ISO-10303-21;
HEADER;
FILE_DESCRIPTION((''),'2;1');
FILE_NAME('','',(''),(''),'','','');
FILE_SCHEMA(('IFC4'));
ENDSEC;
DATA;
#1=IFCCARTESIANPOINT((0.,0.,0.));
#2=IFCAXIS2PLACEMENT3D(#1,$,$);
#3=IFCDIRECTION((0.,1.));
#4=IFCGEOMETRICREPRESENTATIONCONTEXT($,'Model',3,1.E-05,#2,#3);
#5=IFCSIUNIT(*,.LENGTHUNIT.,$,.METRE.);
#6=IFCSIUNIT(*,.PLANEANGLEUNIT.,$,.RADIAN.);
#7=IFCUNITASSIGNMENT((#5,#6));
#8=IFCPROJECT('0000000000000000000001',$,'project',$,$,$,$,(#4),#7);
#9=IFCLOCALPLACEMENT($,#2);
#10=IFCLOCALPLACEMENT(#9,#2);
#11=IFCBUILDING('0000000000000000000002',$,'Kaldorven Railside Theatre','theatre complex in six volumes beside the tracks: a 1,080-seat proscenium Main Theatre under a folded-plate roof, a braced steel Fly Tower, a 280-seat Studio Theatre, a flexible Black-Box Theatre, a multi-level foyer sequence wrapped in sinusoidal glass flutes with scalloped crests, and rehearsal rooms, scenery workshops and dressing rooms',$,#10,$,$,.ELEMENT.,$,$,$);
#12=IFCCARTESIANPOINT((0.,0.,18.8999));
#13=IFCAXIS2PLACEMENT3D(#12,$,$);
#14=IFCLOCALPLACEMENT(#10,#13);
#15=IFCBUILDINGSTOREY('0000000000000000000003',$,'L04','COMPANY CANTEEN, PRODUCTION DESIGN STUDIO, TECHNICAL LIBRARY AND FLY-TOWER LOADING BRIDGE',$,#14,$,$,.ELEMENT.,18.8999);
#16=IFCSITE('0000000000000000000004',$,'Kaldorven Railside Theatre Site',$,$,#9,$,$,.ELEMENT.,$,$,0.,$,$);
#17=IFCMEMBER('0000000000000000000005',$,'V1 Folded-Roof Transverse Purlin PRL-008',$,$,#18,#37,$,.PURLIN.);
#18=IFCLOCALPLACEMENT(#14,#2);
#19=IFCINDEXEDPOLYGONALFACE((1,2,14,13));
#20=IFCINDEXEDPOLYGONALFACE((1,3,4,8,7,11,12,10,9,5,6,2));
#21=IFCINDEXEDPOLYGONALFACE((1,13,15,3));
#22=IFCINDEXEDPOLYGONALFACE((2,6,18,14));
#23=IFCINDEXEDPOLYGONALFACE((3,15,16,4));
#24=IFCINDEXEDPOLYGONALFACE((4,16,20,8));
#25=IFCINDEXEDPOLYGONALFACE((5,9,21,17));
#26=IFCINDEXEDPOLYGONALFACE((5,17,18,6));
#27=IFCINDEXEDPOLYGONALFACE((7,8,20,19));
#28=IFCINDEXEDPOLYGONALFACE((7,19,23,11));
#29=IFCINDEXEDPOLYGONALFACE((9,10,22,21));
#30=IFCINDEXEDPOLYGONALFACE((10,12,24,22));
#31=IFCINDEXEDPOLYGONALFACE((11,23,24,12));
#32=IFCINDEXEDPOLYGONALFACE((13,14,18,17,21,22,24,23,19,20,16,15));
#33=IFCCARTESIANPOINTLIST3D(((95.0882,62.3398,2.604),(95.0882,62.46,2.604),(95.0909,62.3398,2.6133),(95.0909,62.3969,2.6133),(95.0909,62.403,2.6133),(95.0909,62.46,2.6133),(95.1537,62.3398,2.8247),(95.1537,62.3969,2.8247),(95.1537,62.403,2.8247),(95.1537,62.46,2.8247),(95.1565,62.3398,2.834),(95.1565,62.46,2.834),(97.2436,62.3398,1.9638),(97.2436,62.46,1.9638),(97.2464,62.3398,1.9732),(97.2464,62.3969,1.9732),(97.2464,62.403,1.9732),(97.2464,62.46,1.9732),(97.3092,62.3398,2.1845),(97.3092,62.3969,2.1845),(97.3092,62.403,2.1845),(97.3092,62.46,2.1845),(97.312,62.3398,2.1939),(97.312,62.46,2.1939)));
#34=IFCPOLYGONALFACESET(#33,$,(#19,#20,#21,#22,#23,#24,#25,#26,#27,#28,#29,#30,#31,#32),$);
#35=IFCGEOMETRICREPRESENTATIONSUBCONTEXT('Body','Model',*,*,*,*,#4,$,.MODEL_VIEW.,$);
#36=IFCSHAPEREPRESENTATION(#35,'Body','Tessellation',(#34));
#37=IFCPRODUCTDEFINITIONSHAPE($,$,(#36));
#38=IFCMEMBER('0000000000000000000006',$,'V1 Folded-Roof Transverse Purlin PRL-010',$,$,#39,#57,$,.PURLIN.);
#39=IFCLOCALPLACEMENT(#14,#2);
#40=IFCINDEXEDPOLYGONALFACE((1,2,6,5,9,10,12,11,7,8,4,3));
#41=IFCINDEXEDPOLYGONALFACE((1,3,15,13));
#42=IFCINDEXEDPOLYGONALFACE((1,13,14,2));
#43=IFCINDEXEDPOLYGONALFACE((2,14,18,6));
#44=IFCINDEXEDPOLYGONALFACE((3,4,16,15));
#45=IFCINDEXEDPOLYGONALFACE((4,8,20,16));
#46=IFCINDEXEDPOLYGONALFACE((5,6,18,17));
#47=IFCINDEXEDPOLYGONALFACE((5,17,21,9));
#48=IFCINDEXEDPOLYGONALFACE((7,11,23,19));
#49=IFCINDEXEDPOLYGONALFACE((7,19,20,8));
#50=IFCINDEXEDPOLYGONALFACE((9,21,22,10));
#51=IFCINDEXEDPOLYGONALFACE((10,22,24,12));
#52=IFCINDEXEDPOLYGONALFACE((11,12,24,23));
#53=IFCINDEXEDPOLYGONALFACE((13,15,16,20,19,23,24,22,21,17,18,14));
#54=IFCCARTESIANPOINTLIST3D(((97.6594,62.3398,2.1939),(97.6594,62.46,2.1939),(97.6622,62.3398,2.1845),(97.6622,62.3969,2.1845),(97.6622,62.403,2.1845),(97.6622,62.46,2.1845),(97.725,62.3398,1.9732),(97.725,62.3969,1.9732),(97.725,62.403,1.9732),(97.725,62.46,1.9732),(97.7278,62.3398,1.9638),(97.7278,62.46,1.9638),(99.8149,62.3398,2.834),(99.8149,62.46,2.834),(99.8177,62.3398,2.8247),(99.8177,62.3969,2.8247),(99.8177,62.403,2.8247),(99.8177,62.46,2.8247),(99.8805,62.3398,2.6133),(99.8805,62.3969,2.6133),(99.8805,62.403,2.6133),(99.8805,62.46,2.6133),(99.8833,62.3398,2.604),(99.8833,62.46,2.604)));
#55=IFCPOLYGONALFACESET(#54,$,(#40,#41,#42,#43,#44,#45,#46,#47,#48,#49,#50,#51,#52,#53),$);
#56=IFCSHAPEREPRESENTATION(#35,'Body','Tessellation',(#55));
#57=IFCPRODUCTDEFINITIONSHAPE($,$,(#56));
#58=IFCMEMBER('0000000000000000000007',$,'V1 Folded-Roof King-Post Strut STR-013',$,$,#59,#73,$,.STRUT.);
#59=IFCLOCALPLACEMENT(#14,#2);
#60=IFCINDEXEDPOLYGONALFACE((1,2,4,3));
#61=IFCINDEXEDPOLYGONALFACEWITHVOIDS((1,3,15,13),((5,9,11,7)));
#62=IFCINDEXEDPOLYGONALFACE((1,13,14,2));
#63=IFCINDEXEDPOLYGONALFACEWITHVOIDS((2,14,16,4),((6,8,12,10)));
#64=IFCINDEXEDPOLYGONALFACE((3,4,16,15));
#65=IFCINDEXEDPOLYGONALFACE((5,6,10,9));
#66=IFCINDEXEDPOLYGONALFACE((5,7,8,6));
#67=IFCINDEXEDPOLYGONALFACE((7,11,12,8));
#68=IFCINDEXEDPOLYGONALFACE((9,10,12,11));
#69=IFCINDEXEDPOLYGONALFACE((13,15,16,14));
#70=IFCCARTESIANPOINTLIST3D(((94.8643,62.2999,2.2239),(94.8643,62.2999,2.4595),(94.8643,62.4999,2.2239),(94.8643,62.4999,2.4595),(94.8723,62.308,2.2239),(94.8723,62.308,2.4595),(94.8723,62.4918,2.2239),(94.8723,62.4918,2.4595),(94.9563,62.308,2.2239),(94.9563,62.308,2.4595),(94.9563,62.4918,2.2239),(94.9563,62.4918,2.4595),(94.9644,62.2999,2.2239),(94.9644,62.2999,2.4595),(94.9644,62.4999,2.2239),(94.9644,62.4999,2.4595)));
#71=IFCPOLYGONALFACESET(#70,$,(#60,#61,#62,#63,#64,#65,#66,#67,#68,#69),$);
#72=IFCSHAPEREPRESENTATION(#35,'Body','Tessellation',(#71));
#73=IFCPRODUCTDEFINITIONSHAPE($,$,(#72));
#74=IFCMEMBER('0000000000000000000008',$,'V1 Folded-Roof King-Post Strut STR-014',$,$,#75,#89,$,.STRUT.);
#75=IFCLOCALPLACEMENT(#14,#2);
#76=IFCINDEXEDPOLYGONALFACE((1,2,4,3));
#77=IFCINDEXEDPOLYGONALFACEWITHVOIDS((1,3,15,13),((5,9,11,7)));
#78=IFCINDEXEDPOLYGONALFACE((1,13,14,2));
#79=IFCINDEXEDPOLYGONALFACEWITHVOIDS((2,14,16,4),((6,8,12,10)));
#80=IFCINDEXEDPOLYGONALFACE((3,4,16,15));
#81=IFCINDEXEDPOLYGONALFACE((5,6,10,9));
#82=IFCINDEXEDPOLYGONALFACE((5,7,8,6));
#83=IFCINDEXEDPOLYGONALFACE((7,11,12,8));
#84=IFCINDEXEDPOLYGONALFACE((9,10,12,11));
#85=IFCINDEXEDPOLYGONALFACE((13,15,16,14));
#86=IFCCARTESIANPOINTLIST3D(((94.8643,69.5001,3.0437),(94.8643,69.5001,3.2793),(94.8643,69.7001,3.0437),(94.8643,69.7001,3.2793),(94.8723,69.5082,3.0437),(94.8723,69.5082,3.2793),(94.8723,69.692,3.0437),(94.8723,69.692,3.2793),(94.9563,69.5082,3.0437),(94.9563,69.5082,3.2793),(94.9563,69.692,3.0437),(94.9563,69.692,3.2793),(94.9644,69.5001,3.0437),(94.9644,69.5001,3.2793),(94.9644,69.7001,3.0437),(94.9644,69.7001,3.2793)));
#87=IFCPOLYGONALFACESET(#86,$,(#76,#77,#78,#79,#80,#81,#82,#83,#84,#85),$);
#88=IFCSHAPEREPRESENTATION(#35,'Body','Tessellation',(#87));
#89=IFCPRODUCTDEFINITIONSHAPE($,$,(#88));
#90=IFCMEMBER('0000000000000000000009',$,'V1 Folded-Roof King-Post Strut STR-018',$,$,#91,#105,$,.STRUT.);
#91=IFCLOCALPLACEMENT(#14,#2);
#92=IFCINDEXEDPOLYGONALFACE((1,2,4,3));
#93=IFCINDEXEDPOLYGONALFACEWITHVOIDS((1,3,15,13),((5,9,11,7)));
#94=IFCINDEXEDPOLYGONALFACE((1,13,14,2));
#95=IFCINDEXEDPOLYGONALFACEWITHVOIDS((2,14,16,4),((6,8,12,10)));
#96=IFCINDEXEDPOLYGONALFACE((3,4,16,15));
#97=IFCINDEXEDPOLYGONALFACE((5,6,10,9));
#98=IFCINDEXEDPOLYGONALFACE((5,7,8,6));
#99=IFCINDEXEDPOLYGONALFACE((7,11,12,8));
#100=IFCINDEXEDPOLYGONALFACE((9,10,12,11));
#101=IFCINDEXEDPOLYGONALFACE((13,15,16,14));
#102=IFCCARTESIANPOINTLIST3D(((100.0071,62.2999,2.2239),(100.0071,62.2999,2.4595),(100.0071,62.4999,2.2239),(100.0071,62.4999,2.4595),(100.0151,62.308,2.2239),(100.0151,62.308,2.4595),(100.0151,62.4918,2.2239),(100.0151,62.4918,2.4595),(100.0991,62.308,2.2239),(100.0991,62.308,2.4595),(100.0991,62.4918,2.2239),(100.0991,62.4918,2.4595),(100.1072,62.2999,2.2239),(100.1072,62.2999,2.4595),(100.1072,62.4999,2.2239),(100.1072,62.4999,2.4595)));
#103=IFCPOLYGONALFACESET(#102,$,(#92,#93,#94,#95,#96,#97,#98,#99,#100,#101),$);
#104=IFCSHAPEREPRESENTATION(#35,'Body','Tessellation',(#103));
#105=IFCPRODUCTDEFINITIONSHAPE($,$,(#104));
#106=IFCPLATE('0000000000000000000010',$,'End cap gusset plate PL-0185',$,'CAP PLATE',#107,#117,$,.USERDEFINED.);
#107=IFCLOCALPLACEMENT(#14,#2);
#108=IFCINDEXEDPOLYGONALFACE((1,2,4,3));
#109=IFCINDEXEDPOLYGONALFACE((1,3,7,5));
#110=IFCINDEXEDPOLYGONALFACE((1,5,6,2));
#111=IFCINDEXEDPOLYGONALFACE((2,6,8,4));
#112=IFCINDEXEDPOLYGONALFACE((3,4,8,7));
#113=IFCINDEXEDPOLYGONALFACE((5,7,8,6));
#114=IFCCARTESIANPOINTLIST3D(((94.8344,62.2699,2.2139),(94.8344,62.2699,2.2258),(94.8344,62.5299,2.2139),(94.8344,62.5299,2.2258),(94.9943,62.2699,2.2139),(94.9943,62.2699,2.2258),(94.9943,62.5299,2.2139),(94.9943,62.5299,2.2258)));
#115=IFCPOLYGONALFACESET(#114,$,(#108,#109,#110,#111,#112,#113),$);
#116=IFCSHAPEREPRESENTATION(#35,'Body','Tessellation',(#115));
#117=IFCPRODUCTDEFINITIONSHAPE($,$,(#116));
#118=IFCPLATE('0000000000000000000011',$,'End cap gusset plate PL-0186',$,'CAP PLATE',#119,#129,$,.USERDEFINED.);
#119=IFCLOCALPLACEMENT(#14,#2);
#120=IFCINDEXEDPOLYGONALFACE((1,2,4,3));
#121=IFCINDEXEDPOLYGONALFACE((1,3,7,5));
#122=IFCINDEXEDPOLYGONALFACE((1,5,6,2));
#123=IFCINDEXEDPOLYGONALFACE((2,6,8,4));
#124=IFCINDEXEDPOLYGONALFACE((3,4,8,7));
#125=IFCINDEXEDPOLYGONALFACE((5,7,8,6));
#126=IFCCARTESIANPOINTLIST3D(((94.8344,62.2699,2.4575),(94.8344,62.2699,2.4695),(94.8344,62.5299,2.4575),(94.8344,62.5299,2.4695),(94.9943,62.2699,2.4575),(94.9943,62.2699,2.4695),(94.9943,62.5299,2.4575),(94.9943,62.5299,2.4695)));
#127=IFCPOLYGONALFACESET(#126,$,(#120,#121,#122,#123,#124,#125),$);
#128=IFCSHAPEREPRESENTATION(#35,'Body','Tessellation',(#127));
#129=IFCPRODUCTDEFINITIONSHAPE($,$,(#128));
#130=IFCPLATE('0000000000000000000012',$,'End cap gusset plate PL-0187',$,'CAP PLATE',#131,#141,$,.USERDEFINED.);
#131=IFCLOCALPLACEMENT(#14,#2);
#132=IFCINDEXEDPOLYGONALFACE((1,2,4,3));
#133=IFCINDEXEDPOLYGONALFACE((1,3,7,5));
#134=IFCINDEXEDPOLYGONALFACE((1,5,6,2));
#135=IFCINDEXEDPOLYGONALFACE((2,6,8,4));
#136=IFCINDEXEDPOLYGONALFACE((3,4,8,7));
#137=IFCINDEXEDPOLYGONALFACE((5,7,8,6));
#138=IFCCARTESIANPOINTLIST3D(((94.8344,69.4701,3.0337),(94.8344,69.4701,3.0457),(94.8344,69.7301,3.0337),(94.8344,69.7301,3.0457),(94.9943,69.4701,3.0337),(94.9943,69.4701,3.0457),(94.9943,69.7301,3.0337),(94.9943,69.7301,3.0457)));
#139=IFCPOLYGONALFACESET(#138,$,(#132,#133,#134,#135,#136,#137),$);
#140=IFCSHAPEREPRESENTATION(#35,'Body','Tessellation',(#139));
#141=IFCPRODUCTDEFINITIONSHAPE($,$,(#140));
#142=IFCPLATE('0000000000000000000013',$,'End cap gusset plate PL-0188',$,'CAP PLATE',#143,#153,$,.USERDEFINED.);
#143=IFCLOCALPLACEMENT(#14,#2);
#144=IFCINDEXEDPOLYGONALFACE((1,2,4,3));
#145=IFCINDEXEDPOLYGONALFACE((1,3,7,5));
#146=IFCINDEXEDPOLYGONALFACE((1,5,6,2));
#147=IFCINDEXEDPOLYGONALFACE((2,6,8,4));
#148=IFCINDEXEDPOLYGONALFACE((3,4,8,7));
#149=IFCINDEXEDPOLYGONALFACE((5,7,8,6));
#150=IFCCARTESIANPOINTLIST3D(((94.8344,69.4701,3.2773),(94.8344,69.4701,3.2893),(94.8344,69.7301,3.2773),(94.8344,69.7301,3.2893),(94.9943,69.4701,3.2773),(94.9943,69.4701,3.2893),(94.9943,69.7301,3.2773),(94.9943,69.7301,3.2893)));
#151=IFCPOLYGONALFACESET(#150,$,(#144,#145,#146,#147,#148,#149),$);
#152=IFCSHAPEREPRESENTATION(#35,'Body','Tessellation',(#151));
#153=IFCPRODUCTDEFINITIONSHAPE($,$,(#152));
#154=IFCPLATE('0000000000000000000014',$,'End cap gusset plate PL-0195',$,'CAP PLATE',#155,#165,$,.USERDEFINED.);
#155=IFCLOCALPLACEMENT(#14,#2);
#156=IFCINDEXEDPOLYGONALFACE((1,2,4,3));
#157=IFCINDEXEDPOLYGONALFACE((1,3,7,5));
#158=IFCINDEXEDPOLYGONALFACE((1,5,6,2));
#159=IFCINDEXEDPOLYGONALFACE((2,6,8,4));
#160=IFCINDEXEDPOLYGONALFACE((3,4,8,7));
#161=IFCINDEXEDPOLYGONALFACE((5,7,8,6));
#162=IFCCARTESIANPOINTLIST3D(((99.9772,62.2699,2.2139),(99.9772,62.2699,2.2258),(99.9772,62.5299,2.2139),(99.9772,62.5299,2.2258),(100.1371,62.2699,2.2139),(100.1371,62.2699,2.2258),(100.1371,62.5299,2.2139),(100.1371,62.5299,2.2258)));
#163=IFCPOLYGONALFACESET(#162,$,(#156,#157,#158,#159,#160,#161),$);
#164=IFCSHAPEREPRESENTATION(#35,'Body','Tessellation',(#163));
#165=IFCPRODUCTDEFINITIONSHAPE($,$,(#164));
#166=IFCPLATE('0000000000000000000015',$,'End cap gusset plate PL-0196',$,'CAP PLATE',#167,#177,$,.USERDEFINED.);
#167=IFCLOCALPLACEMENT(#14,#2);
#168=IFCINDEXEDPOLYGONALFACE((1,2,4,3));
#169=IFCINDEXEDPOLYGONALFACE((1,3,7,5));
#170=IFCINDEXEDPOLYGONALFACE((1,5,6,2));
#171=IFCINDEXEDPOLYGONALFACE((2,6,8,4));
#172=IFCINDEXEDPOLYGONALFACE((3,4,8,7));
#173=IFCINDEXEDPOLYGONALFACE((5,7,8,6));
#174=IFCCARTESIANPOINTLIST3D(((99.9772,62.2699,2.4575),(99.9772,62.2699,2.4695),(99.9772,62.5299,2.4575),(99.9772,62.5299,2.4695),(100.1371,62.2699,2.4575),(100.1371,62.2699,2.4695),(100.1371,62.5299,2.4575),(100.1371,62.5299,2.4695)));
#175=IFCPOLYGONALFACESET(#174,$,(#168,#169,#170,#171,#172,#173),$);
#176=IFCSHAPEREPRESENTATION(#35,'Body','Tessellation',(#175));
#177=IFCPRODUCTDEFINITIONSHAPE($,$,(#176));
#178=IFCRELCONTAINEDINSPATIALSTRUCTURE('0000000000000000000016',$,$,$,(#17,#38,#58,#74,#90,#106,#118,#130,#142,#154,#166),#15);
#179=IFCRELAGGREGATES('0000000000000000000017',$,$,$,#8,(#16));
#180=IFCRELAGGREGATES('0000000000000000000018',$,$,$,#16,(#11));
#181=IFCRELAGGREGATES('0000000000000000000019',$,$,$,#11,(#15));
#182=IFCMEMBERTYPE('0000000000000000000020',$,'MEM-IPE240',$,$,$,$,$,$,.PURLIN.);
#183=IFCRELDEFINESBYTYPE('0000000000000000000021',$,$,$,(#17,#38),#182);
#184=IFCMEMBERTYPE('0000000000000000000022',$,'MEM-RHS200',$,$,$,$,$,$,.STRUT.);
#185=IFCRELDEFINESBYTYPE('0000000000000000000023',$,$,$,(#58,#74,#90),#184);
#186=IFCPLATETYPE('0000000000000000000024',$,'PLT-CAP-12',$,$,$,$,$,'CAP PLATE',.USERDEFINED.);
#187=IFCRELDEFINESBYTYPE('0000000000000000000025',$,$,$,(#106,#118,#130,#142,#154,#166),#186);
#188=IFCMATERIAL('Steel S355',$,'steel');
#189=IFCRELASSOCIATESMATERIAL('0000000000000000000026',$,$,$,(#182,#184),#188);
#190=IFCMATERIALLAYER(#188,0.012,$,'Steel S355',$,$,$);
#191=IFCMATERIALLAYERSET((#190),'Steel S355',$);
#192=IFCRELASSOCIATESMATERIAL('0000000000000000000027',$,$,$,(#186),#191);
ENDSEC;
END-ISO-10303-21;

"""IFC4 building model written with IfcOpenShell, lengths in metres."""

from ifc_helpers import new_model, si_unit, direction, frame, origin, origin_2d, place, context, subcontext, project, spatial, rectangle, hollow_rectangle, i_section, extrude, material, layer, layer_set, material_profile, profile_set, type_object, element, save


model = new_model("IFC4")

# Units and contexts
model_context = context("Model", 3, precision=1e-05, world=origin(), true_north=direction((0.0, 1.0)))
body_context = subcontext(model_context, "Body", "Model", "MODEL_VIEW")
ifc_project = project(units=[si_unit("LENGTHUNIT", "METRE"), si_unit("PLANEANGLEUNIT", "RADIAN")], contexts=[model_context])

# Site, building, storey
site_placement = place(None, origin())
site = spatial("IfcSite", under=ifc_project, at=site_placement, Name="Kaldorven Railside Theatre Site", CompositionType="ELEMENT", RefElevation=0.0)
building_placement = place(site_placement, origin())
building = spatial("IfcBuilding", under=site, at=building_placement, Name="Kaldorven Railside Theatre", Description="theatre complex in six volumes beside the tracks: a 1,080-seat proscenium Main Theatre under a folded-plate roof, a braced steel Fly Tower, a 280-seat Studio Theatre, a flexible Black-Box Theatre, a multi-level foyer sequence wrapped in sinusoidal glass flutes with scalloped crests, and rehearsal rooms, scenery workshops and dressing rooms", CompositionType="ELEMENT")
storey_placement = place(building_placement, frame((0.0, 0.0, 18.8999)))
storey = spatial("IfcBuildingStorey", under=building, at=storey_placement, Name="L04", Description="COMPANY CANTEEN, PRODUCTION DESIGN STUDIO, TECHNICAL LIBRARY AND FLY-TOWER LOADING BRIDGE", CompositionType="ELEMENT", Elevation=18.8999)

# Shared definitions
ifc_material = material(Name="Steel S355", Category="steel")

# Members
ifc_material_profile_1 = material_profile(ifc_material, i_section(OverallWidth=0.1201, OverallDepth=0.24, WebThickness=0.0061, FlangeThickness=0.0098, at=origin_2d()), Name="IPE 240")
ifc_profile_set_1 = profile_set([ifc_material_profile_1], Name="Steel S355")
member_type_1 = type_object("IfcMemberType", Name="MEM-IPE240", PredefinedType="PURLIN", material=ifc_profile_set_1)
for number, where, z_axis, x_axis, name in (
    (1, (95.1223, 62.3999, 2.719), (0.95862, 0.0, -0.284687), (0.0, 1.0, 0.0), "V1 Folded-Roof Transverse Purlin PRL-008"),
    (2, (97.6936, 62.3999, 2.0789), (0.95862, 0.0, 0.284687), (0.0, 1.0, 0.0), "V1 Folded-Roof Transverse Purlin PRL-010"),
):
    element("IfcMember", number, at=place(storey_placement, frame(where, z_axis=z_axis, x_axis=x_axis)), inside=storey, type_object=member_type_1, Name=name, PredefinedType="PURLIN", context=body_context, shape_type="SweptSolid", body=[
        extrude(i_section(OverallWidth=0.1201, OverallDepth=0.24, WebThickness=0.0061, FlangeThickness=0.0098, at=origin_2d()), origin(), (0.0, 0.0, 1.0), 2.2485),
    ])
ifc_material_profile_2 = material_profile(ifc_material, hollow_rectangle(XDim=0.1001, YDim=0.2, WallThickness=0.0081, at=origin_2d()), Name="RHS 200x100x8")
ifc_profile_set_2 = profile_set([ifc_material_profile_2], Name="Steel S355")
member_type_2 = type_object("IfcMemberType", Name="MEM-RHS200", PredefinedType="STRUT", material=ifc_profile_set_2)
for number, where, z_axis, x_axis, name in (
    (3, (94.9143, 62.3999, 2.2239), (0.0, 0.0, 1.0), (1.0, 0.0, 0.0), "V1 Folded-Roof King-Post Strut STR-013"),
    (4, (94.9143, 69.6001, 3.0437), (0.0, 0.0, 1.0), (1.0, 0.0, 0.0), "V1 Folded-Roof King-Post Strut STR-014"),
    (5, (100.0571, 62.3999, 2.2239), (0.0, 0.0, 1.0), (1.0, 0.0, 0.0), "V1 Folded-Roof King-Post Strut STR-018"),
):
    element("IfcMember", number, at=place(storey_placement, frame(where, z_axis=z_axis, x_axis=x_axis)), inside=storey, type_object=member_type_2, Name=name, PredefinedType="STRUT", context=body_context, shape_type="SweptSolid", body=[
        extrude(hollow_rectangle(XDim=0.1001, YDim=0.2, WallThickness=0.0081, at=origin_2d()), origin(), (0.0, 0.0, 1.0), 0.2356),
    ])

# Plates
ifc_layer = layer(ifc_material, 0.012, Name="Steel S355")
ifc_layer_set = layer_set([ifc_layer], Name="Steel S355")
plate_type = type_object("IfcPlateType", Name="PLT-CAP-12", ElementType="CAP PLATE", PredefinedType="USERDEFINED", material=ifc_layer_set)
for number, where, z_axis, x_axis, name in (
    (6, (94.9143, 62.3999, 2.2139), (0.0, 0.0, 1.0), (1.0, 0.0, 0.0), "End cap gusset plate PL-0185"),
    (7, (94.9143, 62.3999, 2.4575), (0.0, 0.0, 1.0), (1.0, 0.0, 0.0), "End cap gusset plate PL-0186"),
    (8, (94.9143, 69.6001, 3.0337), (0.0, 0.0, 1.0), (1.0, 0.0, 0.0), "End cap gusset plate PL-0187"),
    (9, (94.9143, 69.6001, 3.2773), (0.0, 0.0, 1.0), (1.0, 0.0, 0.0), "End cap gusset plate PL-0188"),
    (10, (100.0571, 62.3999, 2.2139), (0.0, 0.0, 1.0), (1.0, 0.0, 0.0), "End cap gusset plate PL-0195"),
    (11, (100.0571, 62.3999, 2.4575), (0.0, 0.0, 1.0), (1.0, 0.0, 0.0), "End cap gusset plate PL-0196"),
):
    element("IfcPlate", number, at=place(storey_placement, frame(where, z_axis=z_axis, x_axis=x_axis)), inside=storey, type_object=plate_type, Name=name, ObjectType="CAP PLATE", PredefinedType="USERDEFINED", context=body_context, shape_type="SweptSolid", body=[
        extrude(rectangle(XDim=0.1599, YDim=0.26, at=origin_2d()), origin(), (0.0, 0.0, 1.0), 0.012),
    ])

save(model, "model.ifc")
